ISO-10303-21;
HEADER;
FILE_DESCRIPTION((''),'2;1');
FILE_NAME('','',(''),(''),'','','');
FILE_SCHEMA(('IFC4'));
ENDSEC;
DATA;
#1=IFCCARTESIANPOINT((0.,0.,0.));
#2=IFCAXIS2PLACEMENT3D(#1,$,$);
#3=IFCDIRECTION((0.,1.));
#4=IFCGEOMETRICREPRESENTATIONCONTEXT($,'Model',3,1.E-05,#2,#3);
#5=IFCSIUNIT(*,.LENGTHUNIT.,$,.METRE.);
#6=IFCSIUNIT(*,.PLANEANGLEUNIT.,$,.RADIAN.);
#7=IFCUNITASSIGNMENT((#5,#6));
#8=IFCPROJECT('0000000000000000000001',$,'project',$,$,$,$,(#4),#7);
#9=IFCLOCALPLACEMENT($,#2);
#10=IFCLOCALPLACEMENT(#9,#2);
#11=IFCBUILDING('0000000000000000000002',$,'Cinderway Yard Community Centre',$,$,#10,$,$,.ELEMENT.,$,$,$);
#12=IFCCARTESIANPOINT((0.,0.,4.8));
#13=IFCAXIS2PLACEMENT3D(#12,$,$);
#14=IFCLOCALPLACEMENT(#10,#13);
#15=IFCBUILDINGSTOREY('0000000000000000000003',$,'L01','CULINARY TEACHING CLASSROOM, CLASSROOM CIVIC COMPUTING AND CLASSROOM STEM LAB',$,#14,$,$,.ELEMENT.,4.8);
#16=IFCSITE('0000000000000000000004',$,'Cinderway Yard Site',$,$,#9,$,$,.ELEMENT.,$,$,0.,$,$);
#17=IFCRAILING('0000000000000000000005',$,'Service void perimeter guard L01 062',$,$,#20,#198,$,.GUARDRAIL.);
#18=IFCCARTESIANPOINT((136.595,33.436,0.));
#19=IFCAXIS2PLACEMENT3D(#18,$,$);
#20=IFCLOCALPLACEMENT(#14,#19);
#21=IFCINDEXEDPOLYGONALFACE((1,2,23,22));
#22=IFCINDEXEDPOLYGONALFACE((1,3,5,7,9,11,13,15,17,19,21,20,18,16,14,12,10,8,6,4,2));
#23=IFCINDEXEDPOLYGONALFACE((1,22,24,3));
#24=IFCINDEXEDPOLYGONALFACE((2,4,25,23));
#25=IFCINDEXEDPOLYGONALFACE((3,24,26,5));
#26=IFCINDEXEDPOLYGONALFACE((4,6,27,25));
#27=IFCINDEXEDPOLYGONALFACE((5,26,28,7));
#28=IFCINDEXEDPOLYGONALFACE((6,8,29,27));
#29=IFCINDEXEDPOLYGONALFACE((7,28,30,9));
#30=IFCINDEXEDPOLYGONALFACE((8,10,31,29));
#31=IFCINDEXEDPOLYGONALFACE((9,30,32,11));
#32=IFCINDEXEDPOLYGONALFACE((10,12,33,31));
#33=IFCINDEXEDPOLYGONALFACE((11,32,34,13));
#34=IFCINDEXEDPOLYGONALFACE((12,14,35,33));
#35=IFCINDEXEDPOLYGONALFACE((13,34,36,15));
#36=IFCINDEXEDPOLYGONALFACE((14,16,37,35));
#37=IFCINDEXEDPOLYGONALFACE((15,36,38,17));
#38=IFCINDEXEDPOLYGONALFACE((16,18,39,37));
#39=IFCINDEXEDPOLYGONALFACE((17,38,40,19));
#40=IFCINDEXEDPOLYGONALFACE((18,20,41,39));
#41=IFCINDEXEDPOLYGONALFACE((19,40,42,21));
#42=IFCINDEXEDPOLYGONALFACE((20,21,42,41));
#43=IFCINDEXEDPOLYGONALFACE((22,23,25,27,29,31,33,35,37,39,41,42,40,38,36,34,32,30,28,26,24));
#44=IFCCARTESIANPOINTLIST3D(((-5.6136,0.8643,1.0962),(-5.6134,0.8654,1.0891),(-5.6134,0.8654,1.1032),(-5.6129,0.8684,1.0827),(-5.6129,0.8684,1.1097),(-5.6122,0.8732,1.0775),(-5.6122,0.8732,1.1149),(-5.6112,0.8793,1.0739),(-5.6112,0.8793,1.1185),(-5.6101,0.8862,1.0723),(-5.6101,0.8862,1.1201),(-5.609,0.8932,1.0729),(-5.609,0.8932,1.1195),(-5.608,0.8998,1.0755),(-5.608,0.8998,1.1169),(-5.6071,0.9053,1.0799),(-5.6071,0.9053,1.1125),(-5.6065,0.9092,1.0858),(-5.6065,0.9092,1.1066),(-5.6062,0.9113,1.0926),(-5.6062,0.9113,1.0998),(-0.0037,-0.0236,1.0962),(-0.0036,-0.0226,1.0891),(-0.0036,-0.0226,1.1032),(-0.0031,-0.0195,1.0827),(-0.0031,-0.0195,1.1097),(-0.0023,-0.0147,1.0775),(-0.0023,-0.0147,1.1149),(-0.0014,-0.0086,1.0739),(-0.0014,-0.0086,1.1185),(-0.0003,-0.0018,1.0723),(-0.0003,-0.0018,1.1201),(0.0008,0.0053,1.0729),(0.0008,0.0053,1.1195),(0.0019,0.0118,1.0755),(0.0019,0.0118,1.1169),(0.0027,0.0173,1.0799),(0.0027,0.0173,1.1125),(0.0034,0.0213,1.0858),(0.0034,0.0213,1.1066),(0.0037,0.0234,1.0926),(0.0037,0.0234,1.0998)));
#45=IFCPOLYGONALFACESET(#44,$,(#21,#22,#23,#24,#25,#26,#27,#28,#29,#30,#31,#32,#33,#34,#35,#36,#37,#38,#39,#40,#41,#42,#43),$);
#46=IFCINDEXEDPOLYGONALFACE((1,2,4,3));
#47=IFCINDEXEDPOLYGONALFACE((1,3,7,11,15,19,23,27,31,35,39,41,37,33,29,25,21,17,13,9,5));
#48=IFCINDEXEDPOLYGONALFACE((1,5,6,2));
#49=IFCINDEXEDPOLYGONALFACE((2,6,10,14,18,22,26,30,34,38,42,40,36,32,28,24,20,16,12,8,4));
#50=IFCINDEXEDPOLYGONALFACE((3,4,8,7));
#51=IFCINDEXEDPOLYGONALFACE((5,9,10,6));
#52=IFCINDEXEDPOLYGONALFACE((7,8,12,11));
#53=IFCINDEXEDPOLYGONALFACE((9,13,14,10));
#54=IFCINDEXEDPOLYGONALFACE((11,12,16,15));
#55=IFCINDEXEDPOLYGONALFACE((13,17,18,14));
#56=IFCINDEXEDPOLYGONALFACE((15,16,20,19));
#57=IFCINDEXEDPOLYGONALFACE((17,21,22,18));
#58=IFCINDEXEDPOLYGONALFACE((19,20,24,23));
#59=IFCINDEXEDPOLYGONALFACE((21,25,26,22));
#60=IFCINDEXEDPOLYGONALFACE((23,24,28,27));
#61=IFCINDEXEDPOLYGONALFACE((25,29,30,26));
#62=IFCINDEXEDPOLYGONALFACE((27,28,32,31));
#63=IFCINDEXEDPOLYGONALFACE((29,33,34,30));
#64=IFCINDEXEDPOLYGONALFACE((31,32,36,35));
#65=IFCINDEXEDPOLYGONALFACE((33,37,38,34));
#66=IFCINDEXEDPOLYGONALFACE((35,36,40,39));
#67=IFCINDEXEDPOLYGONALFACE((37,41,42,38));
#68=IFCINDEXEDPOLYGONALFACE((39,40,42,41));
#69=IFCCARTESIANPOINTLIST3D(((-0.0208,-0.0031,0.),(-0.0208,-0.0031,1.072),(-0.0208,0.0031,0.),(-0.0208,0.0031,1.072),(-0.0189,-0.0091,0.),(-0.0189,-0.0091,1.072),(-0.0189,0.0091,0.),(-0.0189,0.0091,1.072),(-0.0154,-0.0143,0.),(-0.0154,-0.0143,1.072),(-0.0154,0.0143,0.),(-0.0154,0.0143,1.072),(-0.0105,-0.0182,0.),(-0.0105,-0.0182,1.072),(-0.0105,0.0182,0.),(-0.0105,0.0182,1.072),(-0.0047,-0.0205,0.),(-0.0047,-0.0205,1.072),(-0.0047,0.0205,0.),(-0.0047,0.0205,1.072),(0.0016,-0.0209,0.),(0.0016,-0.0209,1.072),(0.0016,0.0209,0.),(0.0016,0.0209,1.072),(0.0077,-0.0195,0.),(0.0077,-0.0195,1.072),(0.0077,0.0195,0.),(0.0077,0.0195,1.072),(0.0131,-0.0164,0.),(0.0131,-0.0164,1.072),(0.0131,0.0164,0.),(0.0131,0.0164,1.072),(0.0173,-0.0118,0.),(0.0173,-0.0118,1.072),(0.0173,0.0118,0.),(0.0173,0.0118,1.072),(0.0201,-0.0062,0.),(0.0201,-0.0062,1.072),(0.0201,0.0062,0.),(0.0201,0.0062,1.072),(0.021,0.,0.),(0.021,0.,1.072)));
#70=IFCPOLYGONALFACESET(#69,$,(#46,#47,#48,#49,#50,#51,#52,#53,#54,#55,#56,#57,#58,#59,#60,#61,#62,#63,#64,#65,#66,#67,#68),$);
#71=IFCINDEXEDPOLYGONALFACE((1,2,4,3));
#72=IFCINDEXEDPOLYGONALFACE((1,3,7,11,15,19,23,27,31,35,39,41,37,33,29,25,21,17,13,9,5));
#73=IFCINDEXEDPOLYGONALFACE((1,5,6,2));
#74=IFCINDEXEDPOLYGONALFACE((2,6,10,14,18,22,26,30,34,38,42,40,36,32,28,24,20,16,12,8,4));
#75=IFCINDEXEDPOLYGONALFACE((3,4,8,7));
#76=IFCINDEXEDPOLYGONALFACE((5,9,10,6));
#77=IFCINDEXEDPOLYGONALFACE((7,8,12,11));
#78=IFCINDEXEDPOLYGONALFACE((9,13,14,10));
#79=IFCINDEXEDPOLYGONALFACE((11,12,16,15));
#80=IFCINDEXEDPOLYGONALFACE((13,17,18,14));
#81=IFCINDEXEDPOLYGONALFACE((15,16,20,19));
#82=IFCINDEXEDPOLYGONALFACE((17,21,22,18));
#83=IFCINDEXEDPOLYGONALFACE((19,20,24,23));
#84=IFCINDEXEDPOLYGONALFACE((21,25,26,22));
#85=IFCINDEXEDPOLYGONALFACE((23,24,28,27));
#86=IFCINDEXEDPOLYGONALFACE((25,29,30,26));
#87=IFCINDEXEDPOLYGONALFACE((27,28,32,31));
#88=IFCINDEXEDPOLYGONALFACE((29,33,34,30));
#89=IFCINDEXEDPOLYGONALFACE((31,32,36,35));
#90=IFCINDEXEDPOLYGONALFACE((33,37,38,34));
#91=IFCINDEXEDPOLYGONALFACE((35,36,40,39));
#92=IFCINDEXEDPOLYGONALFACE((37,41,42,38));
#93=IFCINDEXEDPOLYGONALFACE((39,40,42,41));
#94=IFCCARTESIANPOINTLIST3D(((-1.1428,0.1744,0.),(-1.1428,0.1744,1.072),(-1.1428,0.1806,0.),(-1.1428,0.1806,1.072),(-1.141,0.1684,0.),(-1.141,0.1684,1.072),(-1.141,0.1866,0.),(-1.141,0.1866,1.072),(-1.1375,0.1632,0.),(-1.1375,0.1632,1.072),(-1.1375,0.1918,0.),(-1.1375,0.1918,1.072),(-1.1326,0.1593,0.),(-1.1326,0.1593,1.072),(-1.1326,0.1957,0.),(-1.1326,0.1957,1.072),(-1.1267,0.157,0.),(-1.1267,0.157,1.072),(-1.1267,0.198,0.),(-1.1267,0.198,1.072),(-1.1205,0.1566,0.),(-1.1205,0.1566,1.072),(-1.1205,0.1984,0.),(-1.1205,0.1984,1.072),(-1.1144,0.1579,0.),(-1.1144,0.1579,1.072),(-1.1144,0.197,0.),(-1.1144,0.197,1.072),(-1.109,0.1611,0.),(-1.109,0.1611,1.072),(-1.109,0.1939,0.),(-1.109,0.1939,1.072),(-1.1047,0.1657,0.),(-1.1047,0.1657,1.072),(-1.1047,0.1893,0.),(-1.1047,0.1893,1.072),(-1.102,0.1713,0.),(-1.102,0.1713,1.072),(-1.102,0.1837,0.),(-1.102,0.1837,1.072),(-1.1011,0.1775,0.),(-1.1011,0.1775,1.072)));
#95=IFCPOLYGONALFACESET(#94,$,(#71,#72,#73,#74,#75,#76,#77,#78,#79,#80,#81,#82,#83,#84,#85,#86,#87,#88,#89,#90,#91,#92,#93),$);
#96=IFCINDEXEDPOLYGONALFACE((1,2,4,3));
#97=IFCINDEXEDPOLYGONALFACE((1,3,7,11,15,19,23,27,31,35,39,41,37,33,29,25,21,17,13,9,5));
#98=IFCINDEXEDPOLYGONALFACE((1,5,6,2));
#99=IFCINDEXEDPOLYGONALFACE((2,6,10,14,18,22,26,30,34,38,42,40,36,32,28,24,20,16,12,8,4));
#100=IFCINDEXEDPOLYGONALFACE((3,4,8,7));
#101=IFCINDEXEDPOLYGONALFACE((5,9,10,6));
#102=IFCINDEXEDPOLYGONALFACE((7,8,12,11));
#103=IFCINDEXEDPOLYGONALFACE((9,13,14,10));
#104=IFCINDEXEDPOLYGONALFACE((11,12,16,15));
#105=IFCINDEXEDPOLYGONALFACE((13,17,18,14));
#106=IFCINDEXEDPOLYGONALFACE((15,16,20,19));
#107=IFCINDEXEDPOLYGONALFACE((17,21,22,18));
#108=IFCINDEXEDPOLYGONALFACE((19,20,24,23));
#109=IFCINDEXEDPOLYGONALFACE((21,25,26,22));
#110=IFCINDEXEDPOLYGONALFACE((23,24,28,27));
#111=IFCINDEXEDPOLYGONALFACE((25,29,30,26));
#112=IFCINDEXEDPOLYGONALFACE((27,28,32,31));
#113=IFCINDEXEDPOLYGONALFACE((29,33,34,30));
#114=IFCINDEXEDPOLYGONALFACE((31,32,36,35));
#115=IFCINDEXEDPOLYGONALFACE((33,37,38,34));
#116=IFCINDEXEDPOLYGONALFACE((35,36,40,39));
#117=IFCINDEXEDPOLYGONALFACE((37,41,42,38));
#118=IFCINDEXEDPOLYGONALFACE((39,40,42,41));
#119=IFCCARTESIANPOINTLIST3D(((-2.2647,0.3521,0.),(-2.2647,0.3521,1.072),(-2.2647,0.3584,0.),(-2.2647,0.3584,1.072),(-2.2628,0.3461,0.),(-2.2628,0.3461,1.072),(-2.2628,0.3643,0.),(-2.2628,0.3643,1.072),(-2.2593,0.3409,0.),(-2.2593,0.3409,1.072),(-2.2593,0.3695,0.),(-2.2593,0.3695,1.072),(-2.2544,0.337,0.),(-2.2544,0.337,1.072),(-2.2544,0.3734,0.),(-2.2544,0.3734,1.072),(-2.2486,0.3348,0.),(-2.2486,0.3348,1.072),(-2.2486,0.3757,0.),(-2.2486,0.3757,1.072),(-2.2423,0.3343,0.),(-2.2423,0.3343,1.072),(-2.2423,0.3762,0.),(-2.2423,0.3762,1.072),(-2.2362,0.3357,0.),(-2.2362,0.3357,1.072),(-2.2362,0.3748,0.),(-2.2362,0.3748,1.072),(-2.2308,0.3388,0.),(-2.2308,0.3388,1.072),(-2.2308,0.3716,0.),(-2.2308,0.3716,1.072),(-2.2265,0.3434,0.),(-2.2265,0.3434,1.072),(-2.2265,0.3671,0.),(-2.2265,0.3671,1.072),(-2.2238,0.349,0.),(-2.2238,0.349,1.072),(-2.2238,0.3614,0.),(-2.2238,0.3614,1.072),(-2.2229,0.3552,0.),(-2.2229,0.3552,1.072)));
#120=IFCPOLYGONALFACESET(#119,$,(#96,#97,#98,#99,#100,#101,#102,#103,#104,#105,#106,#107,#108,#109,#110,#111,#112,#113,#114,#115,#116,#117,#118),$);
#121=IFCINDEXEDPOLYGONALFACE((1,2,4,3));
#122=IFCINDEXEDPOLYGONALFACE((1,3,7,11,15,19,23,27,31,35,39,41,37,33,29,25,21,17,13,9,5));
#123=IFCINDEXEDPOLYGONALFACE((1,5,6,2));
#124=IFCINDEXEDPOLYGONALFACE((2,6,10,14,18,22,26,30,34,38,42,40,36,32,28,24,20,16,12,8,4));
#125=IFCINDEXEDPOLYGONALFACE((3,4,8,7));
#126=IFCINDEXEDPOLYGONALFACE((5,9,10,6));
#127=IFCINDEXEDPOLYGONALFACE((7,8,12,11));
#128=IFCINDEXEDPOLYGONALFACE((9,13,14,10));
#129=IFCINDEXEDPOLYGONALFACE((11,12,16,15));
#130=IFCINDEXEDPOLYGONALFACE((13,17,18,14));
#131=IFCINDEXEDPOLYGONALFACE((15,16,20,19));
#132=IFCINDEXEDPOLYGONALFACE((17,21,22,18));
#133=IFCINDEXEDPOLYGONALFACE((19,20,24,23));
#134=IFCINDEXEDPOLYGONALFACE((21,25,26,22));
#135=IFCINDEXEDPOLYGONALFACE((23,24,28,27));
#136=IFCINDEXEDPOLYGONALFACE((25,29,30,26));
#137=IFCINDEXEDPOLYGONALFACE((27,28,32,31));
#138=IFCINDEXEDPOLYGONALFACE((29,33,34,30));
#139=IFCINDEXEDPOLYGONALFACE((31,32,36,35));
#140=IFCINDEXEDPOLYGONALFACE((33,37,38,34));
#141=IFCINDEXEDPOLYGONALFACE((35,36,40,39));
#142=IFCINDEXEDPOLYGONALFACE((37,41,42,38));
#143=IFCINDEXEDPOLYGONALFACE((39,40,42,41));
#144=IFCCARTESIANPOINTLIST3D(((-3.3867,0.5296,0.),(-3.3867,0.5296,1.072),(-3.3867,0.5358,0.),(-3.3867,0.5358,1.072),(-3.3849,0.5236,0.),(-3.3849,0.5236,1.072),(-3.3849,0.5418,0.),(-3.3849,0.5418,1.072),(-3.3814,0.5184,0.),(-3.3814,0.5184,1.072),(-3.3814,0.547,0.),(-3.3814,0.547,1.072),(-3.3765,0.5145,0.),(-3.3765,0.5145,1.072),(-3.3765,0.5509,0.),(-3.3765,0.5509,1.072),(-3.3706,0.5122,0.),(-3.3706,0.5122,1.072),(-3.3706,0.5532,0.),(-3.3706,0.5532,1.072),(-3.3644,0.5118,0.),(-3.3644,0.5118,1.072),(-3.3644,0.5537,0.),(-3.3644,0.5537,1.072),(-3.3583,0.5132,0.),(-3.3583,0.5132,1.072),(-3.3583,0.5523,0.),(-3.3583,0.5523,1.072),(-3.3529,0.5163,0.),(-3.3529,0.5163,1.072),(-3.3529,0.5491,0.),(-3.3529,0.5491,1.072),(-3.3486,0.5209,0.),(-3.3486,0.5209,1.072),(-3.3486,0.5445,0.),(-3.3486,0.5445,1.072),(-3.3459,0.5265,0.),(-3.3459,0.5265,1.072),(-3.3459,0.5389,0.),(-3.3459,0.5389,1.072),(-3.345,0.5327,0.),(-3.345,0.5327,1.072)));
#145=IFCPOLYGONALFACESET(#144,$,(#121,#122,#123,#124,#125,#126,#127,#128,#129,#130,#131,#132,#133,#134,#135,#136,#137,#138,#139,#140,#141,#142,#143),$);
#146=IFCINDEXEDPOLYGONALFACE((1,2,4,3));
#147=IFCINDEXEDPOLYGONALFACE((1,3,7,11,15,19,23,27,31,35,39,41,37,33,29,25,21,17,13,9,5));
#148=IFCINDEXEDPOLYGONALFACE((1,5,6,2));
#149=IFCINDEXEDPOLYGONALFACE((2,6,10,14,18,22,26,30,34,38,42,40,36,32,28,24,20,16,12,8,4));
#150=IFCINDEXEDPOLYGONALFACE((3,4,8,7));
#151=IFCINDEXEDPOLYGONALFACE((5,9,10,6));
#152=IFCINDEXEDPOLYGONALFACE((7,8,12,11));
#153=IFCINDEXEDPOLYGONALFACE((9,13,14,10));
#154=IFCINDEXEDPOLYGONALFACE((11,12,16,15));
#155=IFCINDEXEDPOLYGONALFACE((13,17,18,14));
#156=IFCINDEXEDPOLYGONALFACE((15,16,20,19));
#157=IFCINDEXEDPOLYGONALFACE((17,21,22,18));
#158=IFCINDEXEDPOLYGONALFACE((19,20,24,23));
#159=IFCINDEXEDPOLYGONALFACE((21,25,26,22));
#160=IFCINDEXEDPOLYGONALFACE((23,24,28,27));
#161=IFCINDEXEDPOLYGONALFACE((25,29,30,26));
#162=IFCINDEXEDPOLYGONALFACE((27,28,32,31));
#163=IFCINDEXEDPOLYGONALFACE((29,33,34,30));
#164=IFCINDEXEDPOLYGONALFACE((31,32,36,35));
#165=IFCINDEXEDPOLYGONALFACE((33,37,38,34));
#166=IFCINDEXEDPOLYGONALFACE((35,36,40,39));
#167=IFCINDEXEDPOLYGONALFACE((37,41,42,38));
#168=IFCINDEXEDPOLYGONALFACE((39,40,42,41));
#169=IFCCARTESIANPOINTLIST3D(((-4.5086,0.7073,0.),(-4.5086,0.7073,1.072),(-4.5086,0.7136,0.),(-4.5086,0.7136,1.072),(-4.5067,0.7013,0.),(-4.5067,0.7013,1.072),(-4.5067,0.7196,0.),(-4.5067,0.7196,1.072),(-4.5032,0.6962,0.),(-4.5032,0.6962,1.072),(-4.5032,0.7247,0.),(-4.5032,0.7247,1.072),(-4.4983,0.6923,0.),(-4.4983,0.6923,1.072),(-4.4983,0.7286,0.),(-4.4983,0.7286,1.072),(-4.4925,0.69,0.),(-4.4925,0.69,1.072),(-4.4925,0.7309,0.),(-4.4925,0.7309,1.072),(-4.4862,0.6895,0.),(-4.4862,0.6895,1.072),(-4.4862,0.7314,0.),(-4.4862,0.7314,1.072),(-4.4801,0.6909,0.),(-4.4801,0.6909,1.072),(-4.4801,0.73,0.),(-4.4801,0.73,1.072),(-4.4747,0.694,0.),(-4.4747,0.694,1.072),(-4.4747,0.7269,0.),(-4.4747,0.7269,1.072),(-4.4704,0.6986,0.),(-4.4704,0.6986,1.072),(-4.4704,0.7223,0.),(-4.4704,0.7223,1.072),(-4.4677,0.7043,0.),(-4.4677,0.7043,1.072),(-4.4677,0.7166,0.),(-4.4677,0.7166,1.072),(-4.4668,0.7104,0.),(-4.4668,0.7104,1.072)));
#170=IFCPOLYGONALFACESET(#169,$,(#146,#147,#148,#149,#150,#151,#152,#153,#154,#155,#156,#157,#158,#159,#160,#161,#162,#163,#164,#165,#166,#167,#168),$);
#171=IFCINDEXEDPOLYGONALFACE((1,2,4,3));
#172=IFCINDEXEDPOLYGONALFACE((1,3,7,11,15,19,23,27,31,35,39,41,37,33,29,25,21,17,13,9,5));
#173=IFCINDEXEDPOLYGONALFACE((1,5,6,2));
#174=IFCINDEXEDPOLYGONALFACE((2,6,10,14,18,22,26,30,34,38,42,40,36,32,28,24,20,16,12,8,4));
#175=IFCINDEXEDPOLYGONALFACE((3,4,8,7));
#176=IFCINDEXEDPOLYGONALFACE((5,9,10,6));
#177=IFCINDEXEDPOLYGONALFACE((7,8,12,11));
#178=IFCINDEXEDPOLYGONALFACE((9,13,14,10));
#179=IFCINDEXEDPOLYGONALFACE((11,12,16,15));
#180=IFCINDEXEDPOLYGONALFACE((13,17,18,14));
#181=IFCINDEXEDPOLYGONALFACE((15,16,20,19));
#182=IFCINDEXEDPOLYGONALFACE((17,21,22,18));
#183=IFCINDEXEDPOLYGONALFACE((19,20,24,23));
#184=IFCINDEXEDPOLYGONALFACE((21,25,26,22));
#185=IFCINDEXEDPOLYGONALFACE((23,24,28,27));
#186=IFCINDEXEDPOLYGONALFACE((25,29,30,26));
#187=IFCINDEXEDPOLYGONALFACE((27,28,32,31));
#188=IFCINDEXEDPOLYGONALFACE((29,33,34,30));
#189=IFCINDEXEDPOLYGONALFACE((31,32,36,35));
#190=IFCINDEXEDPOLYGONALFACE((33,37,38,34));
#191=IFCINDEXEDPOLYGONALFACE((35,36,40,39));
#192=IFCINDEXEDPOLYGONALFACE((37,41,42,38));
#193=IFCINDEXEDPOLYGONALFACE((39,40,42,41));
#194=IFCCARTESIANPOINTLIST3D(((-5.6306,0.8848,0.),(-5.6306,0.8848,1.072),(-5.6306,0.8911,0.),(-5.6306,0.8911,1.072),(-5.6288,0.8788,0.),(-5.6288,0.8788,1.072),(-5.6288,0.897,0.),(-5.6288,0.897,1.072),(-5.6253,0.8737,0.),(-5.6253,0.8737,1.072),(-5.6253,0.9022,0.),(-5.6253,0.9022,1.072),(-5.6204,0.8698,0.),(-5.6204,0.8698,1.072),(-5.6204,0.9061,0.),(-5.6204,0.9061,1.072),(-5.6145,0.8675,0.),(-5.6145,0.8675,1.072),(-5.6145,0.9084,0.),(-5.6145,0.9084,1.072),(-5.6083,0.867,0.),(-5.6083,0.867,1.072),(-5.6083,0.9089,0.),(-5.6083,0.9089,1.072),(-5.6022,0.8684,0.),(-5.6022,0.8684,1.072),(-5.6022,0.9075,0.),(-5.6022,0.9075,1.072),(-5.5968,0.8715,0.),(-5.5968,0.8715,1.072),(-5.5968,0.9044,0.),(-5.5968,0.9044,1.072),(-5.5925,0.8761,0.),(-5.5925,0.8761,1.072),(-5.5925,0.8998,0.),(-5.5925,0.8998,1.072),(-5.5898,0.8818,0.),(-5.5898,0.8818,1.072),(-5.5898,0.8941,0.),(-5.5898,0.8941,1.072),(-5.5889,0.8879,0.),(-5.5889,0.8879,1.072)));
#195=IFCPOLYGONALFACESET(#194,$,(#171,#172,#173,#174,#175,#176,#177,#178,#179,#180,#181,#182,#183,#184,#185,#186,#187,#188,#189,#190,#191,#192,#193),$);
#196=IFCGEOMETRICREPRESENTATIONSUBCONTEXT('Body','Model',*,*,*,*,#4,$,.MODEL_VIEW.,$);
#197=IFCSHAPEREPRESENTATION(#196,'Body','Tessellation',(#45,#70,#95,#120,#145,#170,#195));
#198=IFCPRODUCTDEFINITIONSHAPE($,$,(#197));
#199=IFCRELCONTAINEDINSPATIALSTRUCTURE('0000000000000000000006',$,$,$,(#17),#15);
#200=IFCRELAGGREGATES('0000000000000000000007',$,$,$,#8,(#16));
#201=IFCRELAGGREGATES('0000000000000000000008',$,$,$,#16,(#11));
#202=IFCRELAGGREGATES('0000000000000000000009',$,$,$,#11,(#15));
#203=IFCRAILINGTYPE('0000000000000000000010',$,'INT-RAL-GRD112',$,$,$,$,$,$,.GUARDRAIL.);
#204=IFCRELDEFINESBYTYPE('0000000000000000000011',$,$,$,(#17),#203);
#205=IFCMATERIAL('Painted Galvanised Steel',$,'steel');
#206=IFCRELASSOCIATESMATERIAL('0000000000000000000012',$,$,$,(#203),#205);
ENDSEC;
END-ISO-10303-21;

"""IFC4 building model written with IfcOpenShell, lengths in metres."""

from ifc_helpers import new_model, si_unit, direction, frame, origin, origin_2d, place, context, subcontext, project, spatial, circle, extrude, material, type_object, element, save


model = new_model("IFC4")

# Units and contexts
model_context = context("Model", 3, precision=1e-05, world=origin(), true_north=direction((0.0, 1.0)))
body_context = subcontext(model_context, "Body", "Model", "MODEL_VIEW")
ifc_project = project(units=[si_unit("LENGTHUNIT", "METRE"), si_unit("PLANEANGLEUNIT", "RADIAN")], contexts=[model_context])

# Site, building, storey
site_placement = place(None, origin())
site = spatial("IfcSite", under=ifc_project, at=site_placement, Name="Cinderway Yard Site", CompositionType="ELEMENT", RefElevation=0.0)
building_placement = place(site_placement, origin())
building = spatial("IfcBuilding", under=site, at=building_placement, Name="Cinderway Yard Community Centre", CompositionType="ELEMENT")
storey_placement = place(building_placement, frame((0.0, 0.0, 4.8)))
storey = spatial("IfcBuildingStorey", under=building, at=storey_placement, Name="L01", Description="CULINARY TEACHING CLASSROOM, CLASSROOM CIVIC COMPUTING AND CLASSROOM STEM LAB", CompositionType="ELEMENT", Elevation=4.8)

# Shared definitions
ifc_material_1 = material(Name="Painted Galvanised Steel", Category="steel")

# Railing
railing_type_1 = type_object("IfcRailingType", Name="INT-RAL-GRD112", PredefinedType="GUARDRAIL", material=ifc_material_1)
railing_1_placement = place(storey_placement, frame((136.595, 33.436, 0.0)))
element("IfcRailing", 1, at=railing_1_placement, inside=storey, type_object=railing_type_1, Name="Service void perimeter guard L01 062", PredefinedType="GUARDRAIL", context=body_context, shape_type="SweptSolid", body=[
    extrude(circle(Radius=0.0239, at=origin_2d()), frame((0.0, 0.0, 1.0962), z_axis=(-0.987704, 0.156336, 0.0), x_axis=(-0.156336, -0.987704, 0.0)), (0.0, 0.0, 1.0), 5.6797),
    extrude(circle(Radius=0.021, at=origin_2d()), origin(), (0.0, 0.0, 1.0), 1.072),
    extrude(circle(Radius=0.021, at=origin_2d()), frame((-1.1221, 0.1775, 0.0)), (0.0, 0.0, 1.0), 1.072),
    extrude(circle(Radius=0.021, at=origin_2d()), frame((-2.2439, 0.3552, 0.0)), (0.0, 0.0, 1.0), 1.072),
    extrude(circle(Radius=0.021, at=origin_2d()), frame((-3.366, 0.5327, 0.0)), (0.0, 0.0, 1.0), 1.072),
    extrude(circle(Radius=0.021, at=origin_2d()), frame((-4.4878, 0.7104, 0.0)), (0.0, 0.0, 1.0), 1.072),
    extrude(circle(Radius=0.021, at=origin_2d()), frame((-5.6099, 0.8879, 0.0)), (0.0, 0.0, 1.0), 1.072),
])

save(model, "model.ifc")
